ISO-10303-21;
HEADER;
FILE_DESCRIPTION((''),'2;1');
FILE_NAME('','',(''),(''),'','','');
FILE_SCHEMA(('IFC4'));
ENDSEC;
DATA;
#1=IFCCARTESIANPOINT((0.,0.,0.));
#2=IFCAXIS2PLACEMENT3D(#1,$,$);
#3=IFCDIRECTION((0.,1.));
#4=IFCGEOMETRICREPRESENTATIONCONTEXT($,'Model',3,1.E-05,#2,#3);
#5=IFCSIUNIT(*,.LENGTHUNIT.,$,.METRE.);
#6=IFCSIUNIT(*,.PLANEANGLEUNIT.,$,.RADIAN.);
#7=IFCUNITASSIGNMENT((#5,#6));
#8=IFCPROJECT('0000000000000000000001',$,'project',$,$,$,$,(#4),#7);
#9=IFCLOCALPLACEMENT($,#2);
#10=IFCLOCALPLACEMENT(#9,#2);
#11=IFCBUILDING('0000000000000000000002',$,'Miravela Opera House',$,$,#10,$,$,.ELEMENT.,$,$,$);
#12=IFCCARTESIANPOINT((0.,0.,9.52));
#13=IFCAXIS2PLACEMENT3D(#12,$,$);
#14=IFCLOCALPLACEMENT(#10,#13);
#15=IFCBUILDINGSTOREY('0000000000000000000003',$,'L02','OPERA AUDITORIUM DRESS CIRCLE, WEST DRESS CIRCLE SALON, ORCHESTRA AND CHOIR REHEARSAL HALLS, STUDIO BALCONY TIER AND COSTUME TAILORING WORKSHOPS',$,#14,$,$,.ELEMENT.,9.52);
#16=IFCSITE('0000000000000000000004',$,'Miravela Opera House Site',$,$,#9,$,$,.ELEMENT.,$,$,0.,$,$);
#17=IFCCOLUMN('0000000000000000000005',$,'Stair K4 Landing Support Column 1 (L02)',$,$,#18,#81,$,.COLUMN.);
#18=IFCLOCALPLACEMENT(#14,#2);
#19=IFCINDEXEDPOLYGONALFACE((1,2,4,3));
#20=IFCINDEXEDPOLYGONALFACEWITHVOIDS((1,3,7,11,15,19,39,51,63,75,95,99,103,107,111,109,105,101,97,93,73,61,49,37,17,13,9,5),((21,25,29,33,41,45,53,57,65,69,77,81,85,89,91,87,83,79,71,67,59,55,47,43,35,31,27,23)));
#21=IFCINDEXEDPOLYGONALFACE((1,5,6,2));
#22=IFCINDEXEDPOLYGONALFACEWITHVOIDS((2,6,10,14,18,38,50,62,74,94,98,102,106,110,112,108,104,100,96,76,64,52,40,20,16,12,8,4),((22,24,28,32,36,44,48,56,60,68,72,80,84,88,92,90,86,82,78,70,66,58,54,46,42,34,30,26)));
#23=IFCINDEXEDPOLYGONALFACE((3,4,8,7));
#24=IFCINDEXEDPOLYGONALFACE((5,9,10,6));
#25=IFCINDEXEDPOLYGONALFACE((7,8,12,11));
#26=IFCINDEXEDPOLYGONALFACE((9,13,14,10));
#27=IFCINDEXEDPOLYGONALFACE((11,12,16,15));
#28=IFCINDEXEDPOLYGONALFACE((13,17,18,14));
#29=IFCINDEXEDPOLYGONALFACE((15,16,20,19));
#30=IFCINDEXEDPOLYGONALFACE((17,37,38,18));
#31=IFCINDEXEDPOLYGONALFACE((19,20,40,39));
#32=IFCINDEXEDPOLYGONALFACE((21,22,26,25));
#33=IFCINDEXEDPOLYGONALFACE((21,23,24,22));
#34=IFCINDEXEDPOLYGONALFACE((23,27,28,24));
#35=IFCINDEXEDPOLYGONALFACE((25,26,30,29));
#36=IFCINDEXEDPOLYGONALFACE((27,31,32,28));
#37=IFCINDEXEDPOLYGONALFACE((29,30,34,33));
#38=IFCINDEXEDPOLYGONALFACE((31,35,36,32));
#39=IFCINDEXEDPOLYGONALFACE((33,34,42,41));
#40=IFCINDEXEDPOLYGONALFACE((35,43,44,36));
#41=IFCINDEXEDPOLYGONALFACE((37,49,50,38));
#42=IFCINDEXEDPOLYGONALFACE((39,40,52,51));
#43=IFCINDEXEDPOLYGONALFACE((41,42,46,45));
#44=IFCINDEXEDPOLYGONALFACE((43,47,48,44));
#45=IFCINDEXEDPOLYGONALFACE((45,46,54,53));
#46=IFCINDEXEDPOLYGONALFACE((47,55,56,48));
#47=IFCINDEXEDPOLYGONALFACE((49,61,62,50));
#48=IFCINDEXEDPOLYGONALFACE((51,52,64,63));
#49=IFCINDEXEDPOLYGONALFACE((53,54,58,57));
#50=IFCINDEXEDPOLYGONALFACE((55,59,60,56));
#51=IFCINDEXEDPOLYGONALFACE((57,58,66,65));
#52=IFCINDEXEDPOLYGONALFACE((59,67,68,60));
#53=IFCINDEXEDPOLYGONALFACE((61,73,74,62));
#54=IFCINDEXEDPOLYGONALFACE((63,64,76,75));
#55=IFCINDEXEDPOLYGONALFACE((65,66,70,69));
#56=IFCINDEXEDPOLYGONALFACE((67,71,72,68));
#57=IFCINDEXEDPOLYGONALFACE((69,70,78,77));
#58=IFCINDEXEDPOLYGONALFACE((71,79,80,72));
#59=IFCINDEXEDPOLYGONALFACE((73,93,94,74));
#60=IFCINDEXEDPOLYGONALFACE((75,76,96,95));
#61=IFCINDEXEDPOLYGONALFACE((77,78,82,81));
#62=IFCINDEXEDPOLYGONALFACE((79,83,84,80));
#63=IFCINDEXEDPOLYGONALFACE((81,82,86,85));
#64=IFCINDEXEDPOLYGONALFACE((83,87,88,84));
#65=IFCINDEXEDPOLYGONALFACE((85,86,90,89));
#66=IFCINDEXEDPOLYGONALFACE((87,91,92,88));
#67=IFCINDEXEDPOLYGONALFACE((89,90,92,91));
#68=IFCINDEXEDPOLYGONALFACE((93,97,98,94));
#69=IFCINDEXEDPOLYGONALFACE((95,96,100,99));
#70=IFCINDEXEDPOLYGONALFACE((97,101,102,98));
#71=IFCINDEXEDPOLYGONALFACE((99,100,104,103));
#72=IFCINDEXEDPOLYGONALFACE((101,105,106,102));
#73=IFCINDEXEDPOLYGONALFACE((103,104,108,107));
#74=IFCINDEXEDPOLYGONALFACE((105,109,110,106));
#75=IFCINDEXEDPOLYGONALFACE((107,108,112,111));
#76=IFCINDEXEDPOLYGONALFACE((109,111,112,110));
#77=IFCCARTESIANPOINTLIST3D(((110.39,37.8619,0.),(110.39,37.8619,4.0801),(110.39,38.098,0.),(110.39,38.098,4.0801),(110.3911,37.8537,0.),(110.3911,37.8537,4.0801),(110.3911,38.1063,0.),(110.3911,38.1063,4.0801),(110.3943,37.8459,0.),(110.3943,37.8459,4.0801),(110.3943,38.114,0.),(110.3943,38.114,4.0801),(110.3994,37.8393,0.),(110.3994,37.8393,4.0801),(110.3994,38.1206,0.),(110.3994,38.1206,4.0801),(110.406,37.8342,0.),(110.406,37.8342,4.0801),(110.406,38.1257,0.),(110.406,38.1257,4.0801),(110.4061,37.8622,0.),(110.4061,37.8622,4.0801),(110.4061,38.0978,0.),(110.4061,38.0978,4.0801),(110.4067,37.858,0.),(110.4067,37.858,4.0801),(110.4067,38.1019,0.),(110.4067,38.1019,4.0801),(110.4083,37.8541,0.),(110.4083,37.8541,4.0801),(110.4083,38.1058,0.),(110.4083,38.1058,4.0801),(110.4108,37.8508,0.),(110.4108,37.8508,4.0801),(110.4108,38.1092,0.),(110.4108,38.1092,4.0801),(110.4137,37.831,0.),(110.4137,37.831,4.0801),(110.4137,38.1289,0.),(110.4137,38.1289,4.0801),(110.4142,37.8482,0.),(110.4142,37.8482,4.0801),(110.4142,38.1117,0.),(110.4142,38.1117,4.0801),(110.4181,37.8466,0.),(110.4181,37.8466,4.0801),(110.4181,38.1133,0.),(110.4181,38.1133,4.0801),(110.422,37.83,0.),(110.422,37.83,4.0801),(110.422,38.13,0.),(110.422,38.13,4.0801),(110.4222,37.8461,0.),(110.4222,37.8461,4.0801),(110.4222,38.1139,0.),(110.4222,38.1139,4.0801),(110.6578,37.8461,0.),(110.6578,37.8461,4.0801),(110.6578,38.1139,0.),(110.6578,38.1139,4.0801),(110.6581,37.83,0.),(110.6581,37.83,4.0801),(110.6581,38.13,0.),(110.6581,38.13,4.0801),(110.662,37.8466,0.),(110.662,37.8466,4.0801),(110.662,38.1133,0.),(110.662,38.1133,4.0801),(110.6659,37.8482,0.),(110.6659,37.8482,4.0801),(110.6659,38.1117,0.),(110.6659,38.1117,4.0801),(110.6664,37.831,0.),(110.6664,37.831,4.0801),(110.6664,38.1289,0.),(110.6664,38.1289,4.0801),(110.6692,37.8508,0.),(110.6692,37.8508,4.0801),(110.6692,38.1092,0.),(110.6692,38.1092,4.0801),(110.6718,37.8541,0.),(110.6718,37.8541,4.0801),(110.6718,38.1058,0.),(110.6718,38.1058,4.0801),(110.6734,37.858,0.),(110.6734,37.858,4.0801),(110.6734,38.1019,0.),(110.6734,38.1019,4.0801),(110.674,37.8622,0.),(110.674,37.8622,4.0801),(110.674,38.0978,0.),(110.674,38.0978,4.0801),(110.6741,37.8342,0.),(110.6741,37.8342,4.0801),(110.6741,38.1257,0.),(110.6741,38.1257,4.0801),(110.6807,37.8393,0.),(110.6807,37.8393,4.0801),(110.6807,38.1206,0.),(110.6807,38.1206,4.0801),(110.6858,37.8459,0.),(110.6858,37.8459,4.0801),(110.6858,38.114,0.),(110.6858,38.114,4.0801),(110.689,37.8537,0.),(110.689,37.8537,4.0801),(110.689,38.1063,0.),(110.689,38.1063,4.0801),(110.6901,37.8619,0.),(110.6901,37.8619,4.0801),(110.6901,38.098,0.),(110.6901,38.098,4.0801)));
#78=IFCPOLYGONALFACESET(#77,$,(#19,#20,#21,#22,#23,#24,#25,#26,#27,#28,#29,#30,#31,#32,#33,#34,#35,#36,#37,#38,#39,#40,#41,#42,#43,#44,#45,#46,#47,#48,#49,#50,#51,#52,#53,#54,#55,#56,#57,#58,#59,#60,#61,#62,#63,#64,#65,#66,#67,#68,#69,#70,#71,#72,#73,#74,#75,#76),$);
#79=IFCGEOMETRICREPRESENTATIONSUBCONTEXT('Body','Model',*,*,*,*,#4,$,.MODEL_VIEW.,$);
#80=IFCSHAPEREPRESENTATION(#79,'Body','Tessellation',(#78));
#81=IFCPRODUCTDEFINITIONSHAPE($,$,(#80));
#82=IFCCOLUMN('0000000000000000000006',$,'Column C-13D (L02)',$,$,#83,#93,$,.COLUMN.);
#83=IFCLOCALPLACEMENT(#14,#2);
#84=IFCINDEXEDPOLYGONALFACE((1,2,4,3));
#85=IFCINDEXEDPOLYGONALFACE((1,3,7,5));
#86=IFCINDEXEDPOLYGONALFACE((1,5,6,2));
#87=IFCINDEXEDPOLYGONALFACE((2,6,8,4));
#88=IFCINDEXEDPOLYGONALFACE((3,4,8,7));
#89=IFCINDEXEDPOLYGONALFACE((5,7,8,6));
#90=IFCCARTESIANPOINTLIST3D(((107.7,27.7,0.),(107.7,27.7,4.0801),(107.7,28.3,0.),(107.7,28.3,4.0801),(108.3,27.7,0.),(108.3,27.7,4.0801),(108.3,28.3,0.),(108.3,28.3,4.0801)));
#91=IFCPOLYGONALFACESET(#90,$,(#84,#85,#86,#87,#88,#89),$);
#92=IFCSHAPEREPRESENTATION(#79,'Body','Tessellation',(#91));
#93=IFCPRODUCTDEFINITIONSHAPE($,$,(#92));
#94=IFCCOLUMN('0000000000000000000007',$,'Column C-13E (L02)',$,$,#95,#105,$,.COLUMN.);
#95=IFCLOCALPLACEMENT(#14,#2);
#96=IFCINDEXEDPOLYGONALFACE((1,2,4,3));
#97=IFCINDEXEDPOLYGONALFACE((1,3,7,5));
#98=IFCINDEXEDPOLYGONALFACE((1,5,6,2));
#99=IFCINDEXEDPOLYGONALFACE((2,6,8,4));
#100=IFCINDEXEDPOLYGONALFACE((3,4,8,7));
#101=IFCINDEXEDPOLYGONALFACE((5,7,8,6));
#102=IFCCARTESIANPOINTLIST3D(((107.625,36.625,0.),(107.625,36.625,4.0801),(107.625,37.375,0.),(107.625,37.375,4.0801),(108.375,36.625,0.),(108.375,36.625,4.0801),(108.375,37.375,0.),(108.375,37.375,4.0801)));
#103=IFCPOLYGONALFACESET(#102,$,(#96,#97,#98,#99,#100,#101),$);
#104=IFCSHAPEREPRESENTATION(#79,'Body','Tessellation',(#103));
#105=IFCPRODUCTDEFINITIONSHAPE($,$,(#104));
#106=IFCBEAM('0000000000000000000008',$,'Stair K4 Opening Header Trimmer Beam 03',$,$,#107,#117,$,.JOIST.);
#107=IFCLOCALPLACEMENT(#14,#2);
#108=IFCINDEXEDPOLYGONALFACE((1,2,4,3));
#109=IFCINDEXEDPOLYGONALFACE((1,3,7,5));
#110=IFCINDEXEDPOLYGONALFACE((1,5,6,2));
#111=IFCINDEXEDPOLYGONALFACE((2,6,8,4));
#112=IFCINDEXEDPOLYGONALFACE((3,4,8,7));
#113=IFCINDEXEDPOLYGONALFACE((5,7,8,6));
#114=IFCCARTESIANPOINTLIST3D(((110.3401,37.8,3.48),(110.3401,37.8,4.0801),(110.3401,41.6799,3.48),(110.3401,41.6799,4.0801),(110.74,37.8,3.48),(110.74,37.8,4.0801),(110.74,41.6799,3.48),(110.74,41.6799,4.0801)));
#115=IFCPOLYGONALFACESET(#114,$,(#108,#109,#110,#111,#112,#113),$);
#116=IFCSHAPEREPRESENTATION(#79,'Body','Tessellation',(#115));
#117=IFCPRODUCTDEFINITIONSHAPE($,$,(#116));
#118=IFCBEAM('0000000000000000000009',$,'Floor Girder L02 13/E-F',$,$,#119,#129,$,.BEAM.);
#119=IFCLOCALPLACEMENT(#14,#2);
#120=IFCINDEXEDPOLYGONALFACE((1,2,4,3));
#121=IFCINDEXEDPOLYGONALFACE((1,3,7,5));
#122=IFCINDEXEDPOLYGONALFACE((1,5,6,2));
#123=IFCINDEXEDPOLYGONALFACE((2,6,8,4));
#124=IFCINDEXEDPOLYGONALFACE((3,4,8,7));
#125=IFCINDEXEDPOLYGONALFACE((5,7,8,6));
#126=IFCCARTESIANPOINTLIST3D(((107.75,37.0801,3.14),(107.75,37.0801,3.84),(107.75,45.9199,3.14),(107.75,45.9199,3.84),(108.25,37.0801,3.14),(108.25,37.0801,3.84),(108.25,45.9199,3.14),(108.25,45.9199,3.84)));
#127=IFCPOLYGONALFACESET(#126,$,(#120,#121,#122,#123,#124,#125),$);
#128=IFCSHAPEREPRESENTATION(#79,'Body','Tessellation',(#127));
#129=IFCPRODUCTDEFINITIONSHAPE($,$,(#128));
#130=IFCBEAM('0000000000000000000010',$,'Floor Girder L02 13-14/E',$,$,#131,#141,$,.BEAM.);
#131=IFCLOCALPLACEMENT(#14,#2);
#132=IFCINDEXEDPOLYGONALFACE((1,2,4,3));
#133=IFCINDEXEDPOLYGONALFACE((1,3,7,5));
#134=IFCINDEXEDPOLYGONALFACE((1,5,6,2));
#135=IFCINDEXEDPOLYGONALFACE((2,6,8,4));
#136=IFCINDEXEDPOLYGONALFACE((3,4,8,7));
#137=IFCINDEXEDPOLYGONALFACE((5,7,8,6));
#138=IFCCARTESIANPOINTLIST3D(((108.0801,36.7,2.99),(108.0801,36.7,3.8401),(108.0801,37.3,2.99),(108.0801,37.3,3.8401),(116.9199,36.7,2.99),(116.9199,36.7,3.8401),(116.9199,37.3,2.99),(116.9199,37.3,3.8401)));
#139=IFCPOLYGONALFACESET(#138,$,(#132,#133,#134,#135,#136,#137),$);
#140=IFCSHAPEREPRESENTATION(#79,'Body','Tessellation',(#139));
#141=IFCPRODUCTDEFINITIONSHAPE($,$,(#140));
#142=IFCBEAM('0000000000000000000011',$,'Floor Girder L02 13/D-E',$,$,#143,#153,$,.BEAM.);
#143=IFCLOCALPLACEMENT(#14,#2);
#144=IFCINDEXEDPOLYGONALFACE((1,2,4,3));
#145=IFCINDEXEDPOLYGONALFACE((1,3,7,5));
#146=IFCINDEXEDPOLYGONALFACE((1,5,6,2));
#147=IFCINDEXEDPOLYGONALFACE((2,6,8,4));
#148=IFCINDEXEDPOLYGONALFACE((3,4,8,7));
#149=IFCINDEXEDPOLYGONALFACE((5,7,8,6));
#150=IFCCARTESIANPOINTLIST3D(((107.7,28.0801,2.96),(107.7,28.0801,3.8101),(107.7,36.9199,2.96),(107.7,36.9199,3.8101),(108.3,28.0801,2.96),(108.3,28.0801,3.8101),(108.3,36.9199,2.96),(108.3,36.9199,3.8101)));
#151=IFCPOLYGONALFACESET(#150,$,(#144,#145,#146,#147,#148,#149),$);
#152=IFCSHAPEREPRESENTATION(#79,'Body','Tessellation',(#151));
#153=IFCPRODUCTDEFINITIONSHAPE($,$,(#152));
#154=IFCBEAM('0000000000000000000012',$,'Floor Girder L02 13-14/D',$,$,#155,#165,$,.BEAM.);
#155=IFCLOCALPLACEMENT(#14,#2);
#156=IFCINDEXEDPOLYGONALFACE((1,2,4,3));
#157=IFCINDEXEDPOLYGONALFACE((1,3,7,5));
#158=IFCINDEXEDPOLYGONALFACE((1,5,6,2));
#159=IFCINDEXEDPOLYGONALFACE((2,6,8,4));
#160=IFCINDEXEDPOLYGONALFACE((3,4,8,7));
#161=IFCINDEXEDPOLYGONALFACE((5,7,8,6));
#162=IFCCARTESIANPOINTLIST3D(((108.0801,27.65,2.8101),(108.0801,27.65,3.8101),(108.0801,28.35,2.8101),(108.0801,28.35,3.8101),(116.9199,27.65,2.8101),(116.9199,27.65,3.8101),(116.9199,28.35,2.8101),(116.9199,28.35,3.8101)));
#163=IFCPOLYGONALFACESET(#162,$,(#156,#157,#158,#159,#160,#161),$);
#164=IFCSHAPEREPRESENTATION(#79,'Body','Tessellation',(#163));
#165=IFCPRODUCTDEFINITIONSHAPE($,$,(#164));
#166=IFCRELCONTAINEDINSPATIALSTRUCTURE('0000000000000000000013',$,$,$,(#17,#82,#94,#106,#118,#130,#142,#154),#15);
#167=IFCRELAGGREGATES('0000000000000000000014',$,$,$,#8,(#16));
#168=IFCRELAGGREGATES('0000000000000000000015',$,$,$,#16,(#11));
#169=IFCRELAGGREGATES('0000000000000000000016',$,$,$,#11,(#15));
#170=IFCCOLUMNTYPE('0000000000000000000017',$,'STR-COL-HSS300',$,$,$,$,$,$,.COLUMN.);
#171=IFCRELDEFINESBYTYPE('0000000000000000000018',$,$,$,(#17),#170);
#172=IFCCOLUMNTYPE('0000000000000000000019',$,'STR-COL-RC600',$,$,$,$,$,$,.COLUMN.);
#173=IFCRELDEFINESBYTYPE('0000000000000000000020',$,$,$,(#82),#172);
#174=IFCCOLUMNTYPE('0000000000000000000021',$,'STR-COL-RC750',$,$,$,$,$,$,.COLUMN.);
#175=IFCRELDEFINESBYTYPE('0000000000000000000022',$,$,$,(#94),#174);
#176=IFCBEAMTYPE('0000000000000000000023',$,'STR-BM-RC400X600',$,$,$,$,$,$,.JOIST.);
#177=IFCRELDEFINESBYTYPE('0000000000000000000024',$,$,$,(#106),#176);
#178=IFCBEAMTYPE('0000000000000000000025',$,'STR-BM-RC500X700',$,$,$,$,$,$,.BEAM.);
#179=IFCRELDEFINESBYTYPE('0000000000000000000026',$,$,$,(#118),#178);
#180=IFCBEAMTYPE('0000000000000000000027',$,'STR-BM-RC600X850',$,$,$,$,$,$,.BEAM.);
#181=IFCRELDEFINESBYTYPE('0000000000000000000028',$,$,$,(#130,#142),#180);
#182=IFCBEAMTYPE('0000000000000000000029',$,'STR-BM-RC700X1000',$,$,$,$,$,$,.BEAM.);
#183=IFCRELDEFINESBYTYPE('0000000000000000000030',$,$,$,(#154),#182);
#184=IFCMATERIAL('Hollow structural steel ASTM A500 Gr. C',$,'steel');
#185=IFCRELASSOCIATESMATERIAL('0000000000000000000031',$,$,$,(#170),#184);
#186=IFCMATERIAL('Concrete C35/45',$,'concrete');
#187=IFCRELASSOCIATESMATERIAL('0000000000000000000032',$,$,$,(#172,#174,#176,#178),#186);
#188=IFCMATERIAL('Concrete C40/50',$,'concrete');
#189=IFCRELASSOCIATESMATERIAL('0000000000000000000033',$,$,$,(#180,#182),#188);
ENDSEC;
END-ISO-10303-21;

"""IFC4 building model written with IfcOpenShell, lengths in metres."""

from ifc_helpers import new_model, si_unit, direction, frame, origin, origin_2d, place, context, subcontext, project, spatial, rectangle, hollow_rectangle, extrude, material, material_profile, profile_set, type_object, element, save


model = new_model("IFC4")

# Units and contexts
model_context = context("Model", 3, precision=1e-05, world=origin(), true_north=direction((0.0, 1.0)))
body_context = subcontext(model_context, "Body", "Model", "MODEL_VIEW")
ifc_project = project(units=[si_unit("LENGTHUNIT", "METRE"), si_unit("PLANEANGLEUNIT", "RADIAN")], contexts=[model_context])

# Site, building, storey
site_placement = place(None, origin())
site = spatial("IfcSite", under=ifc_project, at=site_placement, Name="Miravela Opera House Site", CompositionType="ELEMENT", RefElevation=0.0)
building_placement = place(site_placement, origin())
building = spatial("IfcBuilding", under=site, at=building_placement, Name="Miravela Opera House", CompositionType="ELEMENT")
storey_placement = place(building_placement, frame((0.0, 0.0, 9.52)))
storey = spatial("IfcBuildingStorey", under=building, at=storey_placement, Name="L02", Description="OPERA AUDITORIUM DRESS CIRCLE, WEST DRESS CIRCLE SALON, ORCHESTRA AND CHOIR REHEARSAL HALLS, STUDIO BALCONY TIER AND COSTUME TAILORING WORKSHOPS", CompositionType="ELEMENT", Elevation=9.52)

# Columns
ifc_material_1 = material(Name="Hollow structural steel ASTM A500 Gr. C", Category="steel")
ifc_material_profile_1 = material_profile(ifc_material_1, hollow_rectangle(XDim=0.3, YDim=0.3, WallThickness=0.0161, InnerFilletRadius=0.0161, OuterFilletRadius=0.032, at=origin_2d()), Name="HSS300X300X16")
ifc_profile_set_1 = profile_set([ifc_material_profile_1])
column_type_1 = type_object("IfcColumnType", Name="STR-COL-HSS300", PredefinedType="COLUMN", material=ifc_profile_set_1)
column_1_placement = place(storey_placement, frame((110.54, 37.98, 0.0), z_axis=(0.0, 0.0, 1.0), x_axis=(1.0, 0.0, 0.0)))
element("IfcColumn", 1, at=column_1_placement, inside=storey, type_object=column_type_1, Name="Stair K4 Landing Support Column 1 (L02)", PredefinedType="COLUMN", context=body_context, shape_type="SweptSolid", body=[
    extrude(hollow_rectangle(XDim=0.3, YDim=0.3, WallThickness=0.0161, InnerFilletRadius=0.0161, OuterFilletRadius=0.032, at=origin_2d()), origin(), (0.0, 0.0, 1.0), 4.0801),
])
ifc_material_2 = material(Name="Concrete C35/45", Category="concrete")
ifc_material_profile_2 = material_profile(ifc_material_2, rectangle(XDim=0.6001, YDim=0.6001, at=origin_2d()), Name="RC-COL-600X600")
ifc_profile_set_2 = profile_set([ifc_material_profile_2])
column_type_2 = type_object("IfcColumnType", Name="STR-COL-RC600", PredefinedType="COLUMN", material=ifc_profile_set_2)
column_2_placement = place(storey_placement, frame((108.0, 28.0, 0.0), z_axis=(0.0, 0.0, 1.0), x_axis=(1.0, 0.0, 0.0)))
element("IfcColumn", 2, at=column_2_placement, inside=storey, type_object=column_type_2, Name="Column C-13D (L02)", PredefinedType="COLUMN", context=body_context, shape_type="SweptSolid", body=[
    extrude(rectangle(XDim=0.6001, YDim=0.6001, at=origin_2d()), origin(), (0.0, 0.0, 1.0), 4.0801),
])
ifc_material_profile_3 = material_profile(ifc_material_2, rectangle(XDim=0.75, YDim=0.75, at=origin_2d()), Name="RC-COL-750X750")
ifc_profile_set_3 = profile_set([ifc_material_profile_3])
column_type_3 = type_object("IfcColumnType", Name="STR-COL-RC750", PredefinedType="COLUMN", material=ifc_profile_set_3)
column_3_placement = place(storey_placement, frame((108.0, 37.0, 0.0), z_axis=(0.0, 0.0, 1.0), x_axis=(1.0, 0.0, 0.0)))
element("IfcColumn", 3, at=column_3_placement, inside=storey, type_object=column_type_3, Name="Column C-13E (L02)", PredefinedType="COLUMN", context=body_context, shape_type="SweptSolid", body=[
    extrude(rectangle(XDim=0.75, YDim=0.75, at=origin_2d()), origin(), (0.0, 0.0, 1.0), 4.0801),
])

# Beams
ifc_material_profile_4 = material_profile(ifc_material_2, rectangle(XDim=0.3999, YDim=0.6001, at=origin_2d()), Name="RC-BM-400X600")
ifc_profile_set_4 = profile_set([ifc_material_profile_4])
beam_type_1 = type_object("IfcBeamType", Name="STR-BM-RC400X600", PredefinedType="JOIST", material=ifc_profile_set_4)
beam_1_placement = place(storey_placement, frame((110.54, 37.8, 3.78), z_axis=(0.0, 1.0, 0.0), x_axis=(-1.0, 0.0, 0.0)))
element("IfcBeam", 4, at=beam_1_placement, inside=storey, type_object=beam_type_1, Name="Stair K4 Opening Header Trimmer Beam 03", PredefinedType="JOIST", context=body_context, shape_type="SweptSolid", body=[
    extrude(rectangle(XDim=0.3999, YDim=0.6001, at=origin_2d()), origin(), (0.0, 0.0, 1.0), 3.8799),
])
ifc_material_profile_5 = material_profile(ifc_material_2, rectangle(XDim=0.5, YDim=0.7, at=origin_2d()), Name="RC-BM-500X700")
ifc_profile_set_5 = profile_set([ifc_material_profile_5])
beam_type_2 = type_object("IfcBeamType", Name="STR-BM-RC500X700", PredefinedType="BEAM", material=ifc_profile_set_5)
beam_2_placement = place(storey_placement, frame((108.0, 37.0801, 3.49), z_axis=(0.0, 1.0, 0.0), x_axis=(-1.0, 0.0, 0.0)))
element("IfcBeam", 5, at=beam_2_placement, inside=storey, type_object=beam_type_2, Name="Floor Girder L02 13/E-F", PredefinedType="BEAM", context=body_context, shape_type="SweptSolid", body=[
    extrude(rectangle(XDim=0.5, YDim=0.7, at=origin_2d()), origin(), (0.0, 0.0, 1.0), 8.8398),
])
ifc_material_3 = material(Name="Concrete C40/50", Category="concrete")
ifc_material_profile_6 = material_profile(ifc_material_3, rectangle(XDim=0.6001, YDim=0.8501, at=origin_2d()), Name="RC-BM-600X850")
ifc_profile_set_6 = profile_set([ifc_material_profile_6])
beam_type_3 = type_object("IfcBeamType", Name="STR-BM-RC600X850", PredefinedType="BEAM", material=ifc_profile_set_6)
for number, where, z_axis, x_axis, name in (
    (6, (108.0801, 37.0, 3.415), (1.0, 0.0, 0.0), (0.0, 1.0, 0.0), "Floor Girder L02 13-14/E"),
    (7, (108.0, 28.0801, 3.385), (0.0, 1.0, 0.0), (-1.0, 0.0, 0.0), "Floor Girder L02 13/D-E"),
):
    element("IfcBeam", number, at=place(storey_placement, frame(where, z_axis=z_axis, x_axis=x_axis)), inside=storey, type_object=beam_type_3, Name=name, PredefinedType="BEAM", context=body_context, shape_type="SweptSolid", body=[
        extrude(rectangle(XDim=0.6001, YDim=0.8501, at=origin_2d()), origin(), (0.0, 0.0, 1.0), 8.8398),
    ])
ifc_material_profile_7 = material_profile(ifc_material_3, rectangle(XDim=0.7, YDim=1.0, at=origin_2d()), Name="RC-BM-700X1000")
ifc_profile_set_7 = profile_set([ifc_material_profile_7])
beam_type_4 = type_object("IfcBeamType", Name="STR-BM-RC700X1000", PredefinedType="BEAM", material=ifc_profile_set_7)
beam_3_placement = place(storey_placement, frame((108.0801, 28.0, 3.3101), z_axis=(1.0, 0.0, 0.0), x_axis=(0.0, 1.0, 0.0)))
element("IfcBeam", 8, at=beam_3_placement, inside=storey, type_object=beam_type_4, Name="Floor Girder L02 13-14/D", PredefinedType="BEAM", context=body_context, shape_type="SweptSolid", body=[
    extrude(rectangle(XDim=0.7, YDim=1.0, at=origin_2d()), origin(), (0.0, 0.0, 1.0), 8.8398),
])

save(model, "model.ifc")
